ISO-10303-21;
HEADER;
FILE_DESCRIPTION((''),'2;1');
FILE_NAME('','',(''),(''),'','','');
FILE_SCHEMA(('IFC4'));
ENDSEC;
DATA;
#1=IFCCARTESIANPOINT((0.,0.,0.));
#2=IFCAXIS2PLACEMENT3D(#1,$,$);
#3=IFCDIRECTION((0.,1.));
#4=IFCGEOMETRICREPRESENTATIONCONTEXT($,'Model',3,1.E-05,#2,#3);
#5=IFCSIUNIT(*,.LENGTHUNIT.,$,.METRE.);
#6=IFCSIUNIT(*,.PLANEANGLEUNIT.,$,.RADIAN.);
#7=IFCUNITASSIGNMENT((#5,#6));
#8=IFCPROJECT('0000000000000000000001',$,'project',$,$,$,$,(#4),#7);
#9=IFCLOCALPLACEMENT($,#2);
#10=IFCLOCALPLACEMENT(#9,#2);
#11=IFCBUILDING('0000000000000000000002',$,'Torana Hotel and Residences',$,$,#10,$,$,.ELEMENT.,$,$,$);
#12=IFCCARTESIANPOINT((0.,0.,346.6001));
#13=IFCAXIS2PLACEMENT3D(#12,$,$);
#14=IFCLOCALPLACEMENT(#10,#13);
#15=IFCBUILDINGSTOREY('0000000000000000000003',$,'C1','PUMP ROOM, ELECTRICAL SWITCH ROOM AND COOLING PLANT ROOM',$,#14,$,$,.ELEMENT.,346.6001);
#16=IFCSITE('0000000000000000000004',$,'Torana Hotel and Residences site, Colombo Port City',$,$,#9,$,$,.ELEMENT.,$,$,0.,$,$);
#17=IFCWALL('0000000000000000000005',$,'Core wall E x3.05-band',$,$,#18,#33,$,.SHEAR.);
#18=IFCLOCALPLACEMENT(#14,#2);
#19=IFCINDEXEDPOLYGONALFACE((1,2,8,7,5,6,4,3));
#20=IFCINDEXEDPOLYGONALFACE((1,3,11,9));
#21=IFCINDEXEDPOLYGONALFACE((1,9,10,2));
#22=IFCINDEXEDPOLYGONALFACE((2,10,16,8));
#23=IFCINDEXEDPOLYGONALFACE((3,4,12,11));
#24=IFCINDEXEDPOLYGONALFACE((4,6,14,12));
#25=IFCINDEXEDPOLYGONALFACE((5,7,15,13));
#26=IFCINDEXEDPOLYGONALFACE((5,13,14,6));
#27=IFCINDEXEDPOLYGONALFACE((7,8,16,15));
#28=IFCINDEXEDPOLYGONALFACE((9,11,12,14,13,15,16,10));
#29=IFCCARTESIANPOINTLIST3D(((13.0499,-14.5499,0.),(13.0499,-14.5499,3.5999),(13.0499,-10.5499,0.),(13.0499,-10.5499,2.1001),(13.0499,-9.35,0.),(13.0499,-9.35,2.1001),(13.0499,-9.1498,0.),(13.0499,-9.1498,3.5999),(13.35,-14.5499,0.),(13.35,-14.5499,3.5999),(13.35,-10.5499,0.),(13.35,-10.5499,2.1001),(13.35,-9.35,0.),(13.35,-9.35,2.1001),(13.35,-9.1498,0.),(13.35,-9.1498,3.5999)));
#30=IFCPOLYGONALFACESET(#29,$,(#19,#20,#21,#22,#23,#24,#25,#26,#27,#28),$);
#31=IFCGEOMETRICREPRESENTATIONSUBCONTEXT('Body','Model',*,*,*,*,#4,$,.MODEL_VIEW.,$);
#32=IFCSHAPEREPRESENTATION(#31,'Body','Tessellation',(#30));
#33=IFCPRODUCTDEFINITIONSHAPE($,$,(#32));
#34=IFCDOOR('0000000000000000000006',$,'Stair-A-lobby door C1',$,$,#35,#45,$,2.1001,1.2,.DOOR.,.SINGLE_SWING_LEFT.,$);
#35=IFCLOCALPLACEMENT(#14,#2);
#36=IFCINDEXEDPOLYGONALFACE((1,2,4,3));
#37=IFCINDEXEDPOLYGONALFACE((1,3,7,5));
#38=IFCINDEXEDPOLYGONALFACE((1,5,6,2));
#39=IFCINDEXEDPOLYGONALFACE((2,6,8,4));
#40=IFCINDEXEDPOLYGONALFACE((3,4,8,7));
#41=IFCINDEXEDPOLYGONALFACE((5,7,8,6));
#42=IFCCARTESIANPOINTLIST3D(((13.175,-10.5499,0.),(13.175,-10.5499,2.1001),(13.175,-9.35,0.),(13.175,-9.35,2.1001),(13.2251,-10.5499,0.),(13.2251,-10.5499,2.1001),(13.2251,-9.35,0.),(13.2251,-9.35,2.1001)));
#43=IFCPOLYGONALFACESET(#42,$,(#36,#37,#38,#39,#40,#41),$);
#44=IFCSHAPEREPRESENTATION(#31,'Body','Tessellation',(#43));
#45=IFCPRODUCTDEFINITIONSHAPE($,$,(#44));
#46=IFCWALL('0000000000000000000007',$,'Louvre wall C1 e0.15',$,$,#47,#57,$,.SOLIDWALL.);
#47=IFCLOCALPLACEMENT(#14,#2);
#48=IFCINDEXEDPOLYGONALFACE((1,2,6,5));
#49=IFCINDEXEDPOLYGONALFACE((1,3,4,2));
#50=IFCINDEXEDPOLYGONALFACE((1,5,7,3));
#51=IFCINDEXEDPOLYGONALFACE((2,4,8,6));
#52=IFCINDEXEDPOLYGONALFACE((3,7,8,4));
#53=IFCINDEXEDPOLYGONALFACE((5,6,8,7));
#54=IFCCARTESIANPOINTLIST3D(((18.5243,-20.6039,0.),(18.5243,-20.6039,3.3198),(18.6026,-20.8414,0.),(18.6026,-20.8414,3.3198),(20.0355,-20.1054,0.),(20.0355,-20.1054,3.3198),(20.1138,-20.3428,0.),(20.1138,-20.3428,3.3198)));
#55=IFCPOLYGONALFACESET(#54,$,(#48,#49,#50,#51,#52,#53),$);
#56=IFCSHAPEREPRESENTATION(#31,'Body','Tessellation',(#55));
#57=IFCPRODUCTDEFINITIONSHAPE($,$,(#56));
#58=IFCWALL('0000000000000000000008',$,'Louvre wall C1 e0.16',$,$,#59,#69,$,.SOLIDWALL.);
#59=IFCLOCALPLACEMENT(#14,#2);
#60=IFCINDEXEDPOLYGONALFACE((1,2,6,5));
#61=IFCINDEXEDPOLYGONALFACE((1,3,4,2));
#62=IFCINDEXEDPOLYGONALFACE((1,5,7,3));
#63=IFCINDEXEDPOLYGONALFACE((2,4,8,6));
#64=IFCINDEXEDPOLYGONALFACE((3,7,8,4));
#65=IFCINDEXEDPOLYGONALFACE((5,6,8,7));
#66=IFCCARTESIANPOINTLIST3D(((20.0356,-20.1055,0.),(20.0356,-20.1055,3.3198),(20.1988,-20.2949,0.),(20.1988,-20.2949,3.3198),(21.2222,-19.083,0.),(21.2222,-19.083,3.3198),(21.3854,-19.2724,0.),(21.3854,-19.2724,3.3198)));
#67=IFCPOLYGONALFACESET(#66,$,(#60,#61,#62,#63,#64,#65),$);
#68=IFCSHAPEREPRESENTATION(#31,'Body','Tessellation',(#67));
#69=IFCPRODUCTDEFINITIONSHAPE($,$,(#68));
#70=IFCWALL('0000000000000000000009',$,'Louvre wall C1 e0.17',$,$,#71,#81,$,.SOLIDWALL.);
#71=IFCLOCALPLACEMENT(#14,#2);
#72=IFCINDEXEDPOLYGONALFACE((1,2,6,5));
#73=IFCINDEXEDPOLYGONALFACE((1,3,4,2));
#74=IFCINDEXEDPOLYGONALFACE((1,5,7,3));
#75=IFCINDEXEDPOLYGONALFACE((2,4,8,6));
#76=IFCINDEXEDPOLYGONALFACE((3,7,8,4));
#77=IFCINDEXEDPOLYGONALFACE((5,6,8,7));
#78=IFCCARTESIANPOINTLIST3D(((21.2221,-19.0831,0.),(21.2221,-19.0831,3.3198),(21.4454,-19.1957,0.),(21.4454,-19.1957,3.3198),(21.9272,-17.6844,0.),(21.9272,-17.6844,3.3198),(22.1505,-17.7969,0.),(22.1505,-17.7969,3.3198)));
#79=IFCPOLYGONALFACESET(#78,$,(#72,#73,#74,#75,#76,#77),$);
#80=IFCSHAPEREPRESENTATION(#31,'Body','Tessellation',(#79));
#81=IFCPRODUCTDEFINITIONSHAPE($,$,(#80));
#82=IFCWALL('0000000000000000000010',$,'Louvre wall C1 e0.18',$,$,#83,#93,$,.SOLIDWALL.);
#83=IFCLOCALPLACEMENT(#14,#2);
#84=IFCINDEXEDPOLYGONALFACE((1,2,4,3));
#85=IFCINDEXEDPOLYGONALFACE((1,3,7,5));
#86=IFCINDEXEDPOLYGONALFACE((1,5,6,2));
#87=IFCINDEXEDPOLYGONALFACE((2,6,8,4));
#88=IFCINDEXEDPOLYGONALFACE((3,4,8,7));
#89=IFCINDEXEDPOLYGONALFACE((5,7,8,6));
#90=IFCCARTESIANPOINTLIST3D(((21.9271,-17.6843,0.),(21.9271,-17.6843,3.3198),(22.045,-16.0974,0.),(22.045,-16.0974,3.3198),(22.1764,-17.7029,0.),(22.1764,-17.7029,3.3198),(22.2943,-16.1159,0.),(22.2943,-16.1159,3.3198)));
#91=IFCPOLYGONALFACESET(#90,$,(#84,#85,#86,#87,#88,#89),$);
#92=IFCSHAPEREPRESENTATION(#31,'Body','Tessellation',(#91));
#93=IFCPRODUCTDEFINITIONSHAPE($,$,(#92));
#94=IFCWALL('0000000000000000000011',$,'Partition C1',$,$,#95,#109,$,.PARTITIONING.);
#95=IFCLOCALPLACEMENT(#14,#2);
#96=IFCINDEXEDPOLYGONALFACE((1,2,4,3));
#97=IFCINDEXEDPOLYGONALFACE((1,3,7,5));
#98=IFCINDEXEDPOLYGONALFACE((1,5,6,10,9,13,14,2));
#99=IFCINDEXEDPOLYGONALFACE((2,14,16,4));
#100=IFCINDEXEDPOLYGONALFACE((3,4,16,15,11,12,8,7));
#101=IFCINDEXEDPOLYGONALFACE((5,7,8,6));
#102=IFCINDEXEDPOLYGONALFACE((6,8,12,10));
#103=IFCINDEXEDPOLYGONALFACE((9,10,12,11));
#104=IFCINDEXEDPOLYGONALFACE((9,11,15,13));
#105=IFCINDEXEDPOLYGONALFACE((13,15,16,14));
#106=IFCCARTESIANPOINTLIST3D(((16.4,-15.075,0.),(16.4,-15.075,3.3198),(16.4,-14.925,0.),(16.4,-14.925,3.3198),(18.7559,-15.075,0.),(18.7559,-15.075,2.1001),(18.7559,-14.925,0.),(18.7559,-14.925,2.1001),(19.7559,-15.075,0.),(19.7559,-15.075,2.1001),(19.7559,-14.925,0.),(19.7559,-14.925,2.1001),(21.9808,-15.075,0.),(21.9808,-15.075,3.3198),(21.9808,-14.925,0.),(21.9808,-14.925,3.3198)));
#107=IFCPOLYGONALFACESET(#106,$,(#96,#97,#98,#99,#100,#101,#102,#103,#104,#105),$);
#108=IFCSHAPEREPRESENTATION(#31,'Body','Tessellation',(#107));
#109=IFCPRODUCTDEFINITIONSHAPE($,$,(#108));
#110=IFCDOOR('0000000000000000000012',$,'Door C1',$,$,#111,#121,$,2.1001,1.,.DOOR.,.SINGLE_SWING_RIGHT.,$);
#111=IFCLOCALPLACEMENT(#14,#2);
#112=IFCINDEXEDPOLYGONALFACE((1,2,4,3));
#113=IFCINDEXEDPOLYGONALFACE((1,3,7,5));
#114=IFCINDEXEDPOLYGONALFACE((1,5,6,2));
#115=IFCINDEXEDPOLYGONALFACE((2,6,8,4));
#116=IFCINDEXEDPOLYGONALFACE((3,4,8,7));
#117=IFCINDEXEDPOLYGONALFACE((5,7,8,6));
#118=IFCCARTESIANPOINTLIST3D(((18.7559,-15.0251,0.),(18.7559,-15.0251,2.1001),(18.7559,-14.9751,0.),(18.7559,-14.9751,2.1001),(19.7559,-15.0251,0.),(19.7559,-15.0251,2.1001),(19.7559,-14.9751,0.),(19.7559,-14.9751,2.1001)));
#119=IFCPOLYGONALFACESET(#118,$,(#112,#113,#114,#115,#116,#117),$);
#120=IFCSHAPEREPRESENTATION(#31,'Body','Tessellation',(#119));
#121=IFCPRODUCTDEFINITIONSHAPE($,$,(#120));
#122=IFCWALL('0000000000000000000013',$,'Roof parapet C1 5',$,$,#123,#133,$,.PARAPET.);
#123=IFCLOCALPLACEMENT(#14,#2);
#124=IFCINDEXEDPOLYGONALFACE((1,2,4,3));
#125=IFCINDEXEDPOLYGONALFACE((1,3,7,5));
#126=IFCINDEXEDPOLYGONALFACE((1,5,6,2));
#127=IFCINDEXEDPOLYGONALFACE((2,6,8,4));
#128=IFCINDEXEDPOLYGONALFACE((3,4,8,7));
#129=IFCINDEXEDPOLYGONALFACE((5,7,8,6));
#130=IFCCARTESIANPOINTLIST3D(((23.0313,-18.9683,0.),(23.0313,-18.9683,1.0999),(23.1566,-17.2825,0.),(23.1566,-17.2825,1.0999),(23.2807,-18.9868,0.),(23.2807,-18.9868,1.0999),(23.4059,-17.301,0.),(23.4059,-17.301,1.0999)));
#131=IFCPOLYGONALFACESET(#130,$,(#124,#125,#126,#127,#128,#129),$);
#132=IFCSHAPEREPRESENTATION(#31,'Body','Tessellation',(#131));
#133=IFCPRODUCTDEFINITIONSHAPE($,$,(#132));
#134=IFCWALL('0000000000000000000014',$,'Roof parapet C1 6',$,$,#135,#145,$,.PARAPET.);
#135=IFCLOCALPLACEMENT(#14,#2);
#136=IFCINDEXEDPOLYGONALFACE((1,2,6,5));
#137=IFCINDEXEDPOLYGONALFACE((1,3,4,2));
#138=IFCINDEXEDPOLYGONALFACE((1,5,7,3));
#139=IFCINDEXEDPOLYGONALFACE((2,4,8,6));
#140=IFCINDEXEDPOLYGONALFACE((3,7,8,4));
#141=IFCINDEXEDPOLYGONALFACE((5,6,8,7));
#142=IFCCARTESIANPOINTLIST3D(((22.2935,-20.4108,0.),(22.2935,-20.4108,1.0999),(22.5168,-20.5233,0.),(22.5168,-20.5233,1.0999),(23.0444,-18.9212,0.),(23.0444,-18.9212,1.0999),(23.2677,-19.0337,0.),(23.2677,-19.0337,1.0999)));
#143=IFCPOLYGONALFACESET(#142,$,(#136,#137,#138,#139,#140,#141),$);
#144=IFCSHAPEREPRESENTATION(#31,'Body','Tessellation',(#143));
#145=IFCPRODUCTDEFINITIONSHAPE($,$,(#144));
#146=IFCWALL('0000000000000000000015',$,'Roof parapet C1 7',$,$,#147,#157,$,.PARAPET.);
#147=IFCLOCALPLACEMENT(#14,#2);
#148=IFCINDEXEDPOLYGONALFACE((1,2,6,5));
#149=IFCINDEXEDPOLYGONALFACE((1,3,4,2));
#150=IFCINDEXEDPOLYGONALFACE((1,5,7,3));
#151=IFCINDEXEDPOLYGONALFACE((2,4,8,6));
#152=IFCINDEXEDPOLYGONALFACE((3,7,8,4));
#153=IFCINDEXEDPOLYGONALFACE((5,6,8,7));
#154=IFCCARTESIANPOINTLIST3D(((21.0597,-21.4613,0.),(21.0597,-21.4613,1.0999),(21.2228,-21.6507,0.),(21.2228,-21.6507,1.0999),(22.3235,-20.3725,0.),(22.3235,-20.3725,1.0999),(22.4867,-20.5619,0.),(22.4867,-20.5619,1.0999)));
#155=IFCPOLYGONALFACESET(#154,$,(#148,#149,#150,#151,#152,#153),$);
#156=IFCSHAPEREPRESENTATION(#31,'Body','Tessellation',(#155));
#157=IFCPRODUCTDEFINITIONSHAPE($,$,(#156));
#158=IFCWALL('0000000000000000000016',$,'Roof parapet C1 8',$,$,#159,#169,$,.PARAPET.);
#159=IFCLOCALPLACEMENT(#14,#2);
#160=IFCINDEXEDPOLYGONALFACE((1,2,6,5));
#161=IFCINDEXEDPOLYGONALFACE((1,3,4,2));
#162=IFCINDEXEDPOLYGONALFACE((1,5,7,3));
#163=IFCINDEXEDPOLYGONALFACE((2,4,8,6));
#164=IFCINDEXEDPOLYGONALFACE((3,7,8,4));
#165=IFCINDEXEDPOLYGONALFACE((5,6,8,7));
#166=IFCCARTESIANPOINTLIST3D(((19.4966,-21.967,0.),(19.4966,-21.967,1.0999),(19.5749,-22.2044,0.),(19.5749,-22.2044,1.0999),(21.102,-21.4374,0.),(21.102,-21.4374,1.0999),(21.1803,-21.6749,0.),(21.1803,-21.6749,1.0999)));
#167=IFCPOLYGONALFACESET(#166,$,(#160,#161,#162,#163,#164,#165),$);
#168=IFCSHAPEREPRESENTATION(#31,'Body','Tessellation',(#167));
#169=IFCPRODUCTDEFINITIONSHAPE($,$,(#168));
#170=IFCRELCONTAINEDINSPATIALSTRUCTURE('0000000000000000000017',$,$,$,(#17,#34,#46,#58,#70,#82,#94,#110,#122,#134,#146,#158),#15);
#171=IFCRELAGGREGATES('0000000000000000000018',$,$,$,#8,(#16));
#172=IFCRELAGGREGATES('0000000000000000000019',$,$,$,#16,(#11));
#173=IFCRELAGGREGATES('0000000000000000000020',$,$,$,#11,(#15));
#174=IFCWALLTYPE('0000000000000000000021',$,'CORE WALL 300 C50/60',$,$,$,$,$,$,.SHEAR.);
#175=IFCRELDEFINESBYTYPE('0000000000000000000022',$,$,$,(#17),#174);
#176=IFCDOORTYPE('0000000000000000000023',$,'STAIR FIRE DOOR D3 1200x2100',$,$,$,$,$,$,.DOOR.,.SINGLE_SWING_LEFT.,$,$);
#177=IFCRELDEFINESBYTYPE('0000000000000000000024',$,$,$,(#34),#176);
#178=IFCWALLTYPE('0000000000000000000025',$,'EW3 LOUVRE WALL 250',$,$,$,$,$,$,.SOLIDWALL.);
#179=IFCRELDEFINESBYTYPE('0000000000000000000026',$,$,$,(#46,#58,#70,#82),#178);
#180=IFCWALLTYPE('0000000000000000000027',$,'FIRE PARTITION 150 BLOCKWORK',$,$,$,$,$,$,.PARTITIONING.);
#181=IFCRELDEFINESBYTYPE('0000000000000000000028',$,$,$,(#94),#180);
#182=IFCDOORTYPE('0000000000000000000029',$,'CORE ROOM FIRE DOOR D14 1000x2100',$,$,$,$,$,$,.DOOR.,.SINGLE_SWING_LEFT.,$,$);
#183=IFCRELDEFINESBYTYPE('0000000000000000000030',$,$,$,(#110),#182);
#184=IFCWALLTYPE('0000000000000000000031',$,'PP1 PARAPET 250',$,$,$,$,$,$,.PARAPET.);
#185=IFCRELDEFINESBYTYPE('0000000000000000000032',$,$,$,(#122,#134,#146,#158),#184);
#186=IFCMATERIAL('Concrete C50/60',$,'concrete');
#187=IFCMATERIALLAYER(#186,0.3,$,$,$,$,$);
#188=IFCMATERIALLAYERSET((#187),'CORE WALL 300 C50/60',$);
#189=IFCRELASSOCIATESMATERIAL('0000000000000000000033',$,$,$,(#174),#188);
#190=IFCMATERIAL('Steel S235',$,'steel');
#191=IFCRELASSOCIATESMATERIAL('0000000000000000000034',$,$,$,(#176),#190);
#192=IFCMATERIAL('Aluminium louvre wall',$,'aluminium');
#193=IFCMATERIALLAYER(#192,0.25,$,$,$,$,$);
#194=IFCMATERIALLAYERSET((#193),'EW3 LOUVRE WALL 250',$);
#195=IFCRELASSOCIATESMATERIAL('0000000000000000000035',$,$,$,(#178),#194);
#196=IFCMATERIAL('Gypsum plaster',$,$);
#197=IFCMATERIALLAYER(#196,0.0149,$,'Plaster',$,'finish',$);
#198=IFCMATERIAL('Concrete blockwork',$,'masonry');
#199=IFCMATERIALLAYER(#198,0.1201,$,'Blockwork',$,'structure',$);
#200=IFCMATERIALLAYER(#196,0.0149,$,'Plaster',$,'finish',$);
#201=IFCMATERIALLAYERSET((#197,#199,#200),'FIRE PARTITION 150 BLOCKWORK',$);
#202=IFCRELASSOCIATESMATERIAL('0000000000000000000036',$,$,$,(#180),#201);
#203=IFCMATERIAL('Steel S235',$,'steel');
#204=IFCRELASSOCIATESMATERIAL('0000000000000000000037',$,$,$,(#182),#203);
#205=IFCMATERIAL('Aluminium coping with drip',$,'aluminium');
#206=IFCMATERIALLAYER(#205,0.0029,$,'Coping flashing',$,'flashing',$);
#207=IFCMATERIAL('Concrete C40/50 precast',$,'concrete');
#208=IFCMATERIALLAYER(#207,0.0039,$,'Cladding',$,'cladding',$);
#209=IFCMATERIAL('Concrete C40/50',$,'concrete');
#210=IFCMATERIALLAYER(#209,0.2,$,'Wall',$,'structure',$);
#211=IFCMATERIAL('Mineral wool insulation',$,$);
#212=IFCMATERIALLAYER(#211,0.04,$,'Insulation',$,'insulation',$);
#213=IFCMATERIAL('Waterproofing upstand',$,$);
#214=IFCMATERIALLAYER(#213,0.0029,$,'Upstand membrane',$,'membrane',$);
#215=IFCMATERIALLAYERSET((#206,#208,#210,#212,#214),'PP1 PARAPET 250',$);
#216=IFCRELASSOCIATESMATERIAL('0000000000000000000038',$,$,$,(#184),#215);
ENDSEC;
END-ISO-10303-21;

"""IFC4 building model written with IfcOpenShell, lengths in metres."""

from ifc_helpers import new_model, si_unit, direction, frame, frame_2d, origin, place, context, subcontext, project, spatial, rectangle, extrude, material, layer, layer_set, type_object, element, fill, save


model = new_model("IFC4")

# Units and contexts
model_context = context("Model", 3, precision=1e-05, world=origin(), true_north=direction((0.0, 1.0)))
body_context = subcontext(model_context, "Body", "Model", "MODEL_VIEW")
ifc_project = project(units=[si_unit("LENGTHUNIT", "METRE"), si_unit("PLANEANGLEUNIT", "RADIAN")], contexts=[model_context])

# Site, building, storey
site_placement = place(None, origin())
site = spatial("IfcSite", under=ifc_project, at=site_placement, Name="Torana Hotel and Residences site, Colombo Port City", CompositionType="ELEMENT", RefElevation=0.0)
building_placement = place(site_placement, origin())
building = spatial("IfcBuilding", under=site, at=building_placement, Name="Torana Hotel and Residences", CompositionType="ELEMENT")
storey_placement = place(building_placement, frame((0.0, 0.0, 346.6001)))
storey = spatial("IfcBuildingStorey", under=building, at=storey_placement, Name="C1", Description="PUMP ROOM, ELECTRICAL SWITCH ROOM AND COOLING PLANT ROOM", CompositionType="ELEMENT", Elevation=346.6001)

# Shared definitions
ifc_material_1 = material(Name="Concrete C50/60", Category="concrete")
ifc_layer_1 = layer(ifc_material_1, 0.3)
ifc_layer_set_1 = layer_set([ifc_layer_1], Name="CORE WALL 300 C50/60")
wall_type_1 = type_object("IfcWallType", Name="CORE WALL 300 C50/60", PredefinedType="SHEAR", material=ifc_layer_set_1)

# Wall, opening, door
wall_1_placement = place(storey_placement, frame((13.2, -14.55, 0.0), z_axis=(0.0, 0.0, 1.0), x_axis=(0.0, 1.0, 0.0)))
wall_1 = element("IfcWall", 1, at=wall_1_placement, inside=storey, type_object=wall_type_1, Name="Core wall E x3.05-band", PredefinedType="SHEAR", context=body_context, shape_type="SweptSolid", body=[
    extrude(rectangle(XDim=5.4001, YDim=0.3, at=frame_2d((2.7002, 0.0))), origin(), (0.0, 0.0, 1.0), 3.5999),
])
opening_1_placement = place(wall_1_placement, frame((4.0, 0.0, 0.0)))
opening_1 = element("IfcOpeningElement", 2, at=opening_1_placement, cuts=wall_1, PredefinedType="OPENING", context=body_context, shape_type="SweptSolid", body=[
    extrude(rectangle(XDim=1.2, YDim=2.1001, at=frame_2d((0.6001, 1.05))), frame((0.0, 0.1599, 0.0), z_axis=(0.0, -1.0, 0.0), x_axis=(1.0, 0.0, 0.0)), (0.0, 0.0, 1.0), 0.3201),
])
ifc_material_2 = material(Name="Steel S235", Category="steel")
door_type_1 = type_object("IfcDoorType", Name="STAIR FIRE DOOR D3 1200x2100", OperationType="SINGLE_SWING_LEFT", PredefinedType="DOOR", material=ifc_material_2)
door_1_placement = place(opening_1_placement, origin())
door_1 = element("IfcDoor", 3, at=door_1_placement, inside=storey, type_object=door_type_1, Name="Stair-A-lobby door C1", OperationType="SINGLE_SWING_LEFT", OverallHeight=2.1001, OverallWidth=1.2, PredefinedType="DOOR", context=body_context, shape_type="SweptSolid", body=[
    extrude(rectangle(XDim=1.2, YDim=2.1001, at=frame_2d((0.6001, 1.05))), frame((0.0, 0.0249, 0.0), z_axis=(0.0, -1.0, 0.0), x_axis=(1.0, 0.0, 0.0)), (0.0, 0.0, 1.0), 0.05),
])
fill(opening_1, door_1)

# Walls
ifc_material_3 = material(Name="Aluminium louvre wall", Category="aluminium")
ifc_layer_2 = layer(ifc_material_3, 0.25)
ifc_layer_set_2 = layer_set([ifc_layer_2], Name="EW3 LOUVRE WALL 250")
wall_type_2 = type_object("IfcWallType", Name="EW3 LOUVRE WALL 250", PredefinedType="SOLIDWALL", material=ifc_layer_set_2)
wall_2_placement = place(storey_placement, frame((18.5635, -20.7227, 0.0), z_axis=(0.0, 0.0, 1.0), x_axis=(0.949661, 0.313281, 0.0)))
element("IfcWall", 4, at=wall_2_placement, inside=storey, type_object=wall_type_2, Name="Louvre wall C1 e0.15", PredefinedType="SOLIDWALL", context=body_context, shape_type="SweptSolid", body=[
    extrude(rectangle(XDim=1.5913, YDim=0.25, at=frame_2d((0.7957, 0.0))), origin(), (0.0, 0.0, 1.0), 3.3198),
])
for number, where, z_axis, x_axis, name in (
    (5, (20.1172, -20.2002, 0.0), (0.0, 0.0, 1.0), (0.757538, 0.652792, 0.0), "Louvre wall C1 e0.16"),
    (6, (21.3337, -19.1394, 0.0), (0.0, 0.0, 1.0), (0.450141, 0.892957, 0.0), "Louvre wall C1 e0.17"),
):
    element("IfcWall", number, at=place(storey_placement, frame(where, z_axis=z_axis, x_axis=x_axis)), inside=storey, type_object=wall_type_2, Name=name, PredefinedType="SOLIDWALL", context=body_context, shape_type="SweptSolid", body=[
        extrude(rectangle(XDim=1.5664, YDim=0.25, at=frame_2d((0.7832, 0.0))), origin(), (0.0, 0.0, 1.0), 3.3198),
    ])
wall_3_placement = place(storey_placement, frame((22.0518, -17.6936, 0.0), z_axis=(0.0, 0.0, 1.0), x_axis=(0.074103, 0.997251, 0.0)))
element("IfcWall", 7, at=wall_3_placement, inside=storey, type_object=wall_type_2, Name="Louvre wall C1 e0.18", PredefinedType="SOLIDWALL", context=body_context, shape_type="SweptSolid", body=[
    extrude(rectangle(XDim=1.5913, YDim=0.25, at=frame_2d((0.7957, 0.0))), origin(), (0.0, 0.0, 1.0), 3.3198),
])

# Wall, opening, door
ifc_material_4 = material(Name="Gypsum plaster")
ifc_layer_3 = layer(ifc_material_4, 0.0149, Name="Plaster", Category="finish")
ifc_material_5 = material(Name="Concrete blockwork", Category="masonry")
ifc_layer_4 = layer(ifc_material_5, 0.1201, Name="Blockwork", Category="structure")
ifc_layer_5 = layer(ifc_material_4, 0.0149, Name="Plaster", Category="finish")
ifc_layer_set_3 = layer_set([ifc_layer_3, ifc_layer_4, ifc_layer_5], Name="FIRE PARTITION 150 BLOCKWORK")
wall_type_3 = type_object("IfcWallType", Name="FIRE PARTITION 150 BLOCKWORK", PredefinedType="PARTITIONING", material=ifc_layer_set_3)
wall_4_placement = place(storey_placement, frame((16.3999, -15.0, 0.0), z_axis=(0.0, 0.0, 1.0), x_axis=(1.0, 0.0, 0.0)))
wall_4 = element("IfcWall", 8, at=wall_4_placement, inside=storey, type_object=wall_type_3, Name="Partition C1", PredefinedType="PARTITIONING", context=body_context, shape_type="SweptSolid", body=[
    extrude(rectangle(XDim=5.5808, YDim=0.1499, at=frame_2d((2.7905, 0.0))), origin(), (0.0, 0.0, 1.0), 3.3198),
])
opening_2_placement = place(wall_4_placement, frame((2.356, 0.0, 0.0)))
opening_2 = element("IfcOpeningElement", 9, at=opening_2_placement, cuts=wall_4, PredefinedType="OPENING", context=body_context, shape_type="SweptSolid", body=[
    extrude(rectangle(XDim=1.0, YDim=2.1001, at=frame_2d((0.5, 1.05))), frame((0.0, 0.085, 0.0), z_axis=(0.0, -1.0, 0.0), x_axis=(1.0, 0.0, 0.0)), (0.0, 0.0, 1.0), 0.1699),
])
ifc_material_6 = material(Name="Steel S235", Category="steel")
door_type_2 = type_object("IfcDoorType", Name="CORE ROOM FIRE DOOR D14 1000x2100", OperationType="SINGLE_SWING_LEFT", PredefinedType="DOOR", material=ifc_material_6)
door_2_placement = place(opening_2_placement, origin())
door_2 = element("IfcDoor", 10, at=door_2_placement, inside=storey, type_object=door_type_2, Name="Door C1", OperationType="SINGLE_SWING_RIGHT", OverallHeight=2.1001, OverallWidth=1.0, PredefinedType="DOOR", context=body_context, shape_type="SweptSolid", body=[
    extrude(rectangle(XDim=1.0, YDim=2.1001, at=frame_2d((0.5, 1.05))), frame((0.0, 0.0249, 0.0), z_axis=(0.0, -1.0, 0.0), x_axis=(1.0, 0.0, 0.0)), (0.0, 0.0, 1.0), 0.05),
])
fill(opening_2, door_2)

# Walls
ifc_material_7 = material(Name="Aluminium coping with drip", Category="aluminium")
ifc_layer_6 = layer(ifc_material_7, 0.0029, Name="Coping flashing", Category="flashing")
ifc_material_8 = material(Name="Concrete C40/50 precast", Category="concrete")
ifc_layer_7 = layer(ifc_material_8, 0.0039, Name="Cladding", Category="cladding")
ifc_material_9 = material(Name="Concrete C40/50", Category="concrete")
ifc_layer_8 = layer(ifc_material_9, 0.2, Name="Wall", Category="structure")
ifc_material_10 = material(Name="Mineral wool insulation")
ifc_layer_9 = layer(ifc_material_10, 0.04, Name="Insulation", Category="insulation")
ifc_material_11 = material(Name="Waterproofing upstand")
ifc_layer_10 = layer(ifc_material_11, 0.0029, Name="Upstand membrane", Category="membrane")
ifc_layer_set_4 = layer_set([ifc_layer_6, ifc_layer_7, ifc_layer_8, ifc_layer_9, ifc_layer_10], Name="PP1 PARAPET 250")
wall_type_4 = type_object("IfcWallType", Name="PP1 PARAPET 250", PredefinedType="PARAPET", material=ifc_layer_set_4)
wall_5_placement = place(storey_placement, frame((23.2812, -17.2917, 0.0), z_axis=(0.0, 0.0, 1.0), x_axis=(-0.07409, -0.997252, 0.0)))
element("IfcWall", 11, at=wall_5_placement, inside=storey, type_object=wall_type_4, Name="Roof parapet C1 5", PredefinedType="PARAPET", context=body_context, shape_type="SweptSolid", body=[
    extrude(rectangle(XDim=1.6904, YDim=0.25, at=frame_2d((0.8452, 0.0))), origin(), (0.0, 0.0, 1.0), 1.0999),
])
for number, where, z_axis, x_axis, name in (
    (12, (23.156, -18.9775, 0.0), (0.0, 0.0, 1.0), (-0.450138, -0.892959, 0.0), "Roof parapet C1 6"),
    (13, (22.405, -20.4673, 0.0), (0.0, 0.0, 1.0), (-0.757622, -0.652694, 0.0), "Roof parapet C1 7"),
):
    element("IfcWall", number, at=place(storey_placement, frame(where, z_axis=z_axis, x_axis=x_axis)), inside=storey, type_object=wall_type_4, Name=name, PredefinedType="PARAPET", context=body_context, shape_type="SweptSolid", body=[
        extrude(rectangle(XDim=1.6682, YDim=0.25, at=frame_2d((0.834, 0.0))), origin(), (0.0, 0.0, 1.0), 1.0999),
    ])
wall_6_placement = place(storey_placement, frame((21.1411, -21.5562, 0.0), z_axis=(0.0, 0.0, 1.0), x_axis=(-0.949661, -0.31328, 0.0)))
element("IfcWall", 14, at=wall_6_placement, inside=storey, type_object=wall_type_4, Name="Roof parapet C1 8", PredefinedType="PARAPET", context=body_context, shape_type="SweptSolid", body=[
    extrude(rectangle(XDim=1.6904, YDim=0.25, at=frame_2d((0.8452, 0.0))), origin(), (0.0, 0.0, 1.0), 1.0999),
])

save(model, "model.ifc")
